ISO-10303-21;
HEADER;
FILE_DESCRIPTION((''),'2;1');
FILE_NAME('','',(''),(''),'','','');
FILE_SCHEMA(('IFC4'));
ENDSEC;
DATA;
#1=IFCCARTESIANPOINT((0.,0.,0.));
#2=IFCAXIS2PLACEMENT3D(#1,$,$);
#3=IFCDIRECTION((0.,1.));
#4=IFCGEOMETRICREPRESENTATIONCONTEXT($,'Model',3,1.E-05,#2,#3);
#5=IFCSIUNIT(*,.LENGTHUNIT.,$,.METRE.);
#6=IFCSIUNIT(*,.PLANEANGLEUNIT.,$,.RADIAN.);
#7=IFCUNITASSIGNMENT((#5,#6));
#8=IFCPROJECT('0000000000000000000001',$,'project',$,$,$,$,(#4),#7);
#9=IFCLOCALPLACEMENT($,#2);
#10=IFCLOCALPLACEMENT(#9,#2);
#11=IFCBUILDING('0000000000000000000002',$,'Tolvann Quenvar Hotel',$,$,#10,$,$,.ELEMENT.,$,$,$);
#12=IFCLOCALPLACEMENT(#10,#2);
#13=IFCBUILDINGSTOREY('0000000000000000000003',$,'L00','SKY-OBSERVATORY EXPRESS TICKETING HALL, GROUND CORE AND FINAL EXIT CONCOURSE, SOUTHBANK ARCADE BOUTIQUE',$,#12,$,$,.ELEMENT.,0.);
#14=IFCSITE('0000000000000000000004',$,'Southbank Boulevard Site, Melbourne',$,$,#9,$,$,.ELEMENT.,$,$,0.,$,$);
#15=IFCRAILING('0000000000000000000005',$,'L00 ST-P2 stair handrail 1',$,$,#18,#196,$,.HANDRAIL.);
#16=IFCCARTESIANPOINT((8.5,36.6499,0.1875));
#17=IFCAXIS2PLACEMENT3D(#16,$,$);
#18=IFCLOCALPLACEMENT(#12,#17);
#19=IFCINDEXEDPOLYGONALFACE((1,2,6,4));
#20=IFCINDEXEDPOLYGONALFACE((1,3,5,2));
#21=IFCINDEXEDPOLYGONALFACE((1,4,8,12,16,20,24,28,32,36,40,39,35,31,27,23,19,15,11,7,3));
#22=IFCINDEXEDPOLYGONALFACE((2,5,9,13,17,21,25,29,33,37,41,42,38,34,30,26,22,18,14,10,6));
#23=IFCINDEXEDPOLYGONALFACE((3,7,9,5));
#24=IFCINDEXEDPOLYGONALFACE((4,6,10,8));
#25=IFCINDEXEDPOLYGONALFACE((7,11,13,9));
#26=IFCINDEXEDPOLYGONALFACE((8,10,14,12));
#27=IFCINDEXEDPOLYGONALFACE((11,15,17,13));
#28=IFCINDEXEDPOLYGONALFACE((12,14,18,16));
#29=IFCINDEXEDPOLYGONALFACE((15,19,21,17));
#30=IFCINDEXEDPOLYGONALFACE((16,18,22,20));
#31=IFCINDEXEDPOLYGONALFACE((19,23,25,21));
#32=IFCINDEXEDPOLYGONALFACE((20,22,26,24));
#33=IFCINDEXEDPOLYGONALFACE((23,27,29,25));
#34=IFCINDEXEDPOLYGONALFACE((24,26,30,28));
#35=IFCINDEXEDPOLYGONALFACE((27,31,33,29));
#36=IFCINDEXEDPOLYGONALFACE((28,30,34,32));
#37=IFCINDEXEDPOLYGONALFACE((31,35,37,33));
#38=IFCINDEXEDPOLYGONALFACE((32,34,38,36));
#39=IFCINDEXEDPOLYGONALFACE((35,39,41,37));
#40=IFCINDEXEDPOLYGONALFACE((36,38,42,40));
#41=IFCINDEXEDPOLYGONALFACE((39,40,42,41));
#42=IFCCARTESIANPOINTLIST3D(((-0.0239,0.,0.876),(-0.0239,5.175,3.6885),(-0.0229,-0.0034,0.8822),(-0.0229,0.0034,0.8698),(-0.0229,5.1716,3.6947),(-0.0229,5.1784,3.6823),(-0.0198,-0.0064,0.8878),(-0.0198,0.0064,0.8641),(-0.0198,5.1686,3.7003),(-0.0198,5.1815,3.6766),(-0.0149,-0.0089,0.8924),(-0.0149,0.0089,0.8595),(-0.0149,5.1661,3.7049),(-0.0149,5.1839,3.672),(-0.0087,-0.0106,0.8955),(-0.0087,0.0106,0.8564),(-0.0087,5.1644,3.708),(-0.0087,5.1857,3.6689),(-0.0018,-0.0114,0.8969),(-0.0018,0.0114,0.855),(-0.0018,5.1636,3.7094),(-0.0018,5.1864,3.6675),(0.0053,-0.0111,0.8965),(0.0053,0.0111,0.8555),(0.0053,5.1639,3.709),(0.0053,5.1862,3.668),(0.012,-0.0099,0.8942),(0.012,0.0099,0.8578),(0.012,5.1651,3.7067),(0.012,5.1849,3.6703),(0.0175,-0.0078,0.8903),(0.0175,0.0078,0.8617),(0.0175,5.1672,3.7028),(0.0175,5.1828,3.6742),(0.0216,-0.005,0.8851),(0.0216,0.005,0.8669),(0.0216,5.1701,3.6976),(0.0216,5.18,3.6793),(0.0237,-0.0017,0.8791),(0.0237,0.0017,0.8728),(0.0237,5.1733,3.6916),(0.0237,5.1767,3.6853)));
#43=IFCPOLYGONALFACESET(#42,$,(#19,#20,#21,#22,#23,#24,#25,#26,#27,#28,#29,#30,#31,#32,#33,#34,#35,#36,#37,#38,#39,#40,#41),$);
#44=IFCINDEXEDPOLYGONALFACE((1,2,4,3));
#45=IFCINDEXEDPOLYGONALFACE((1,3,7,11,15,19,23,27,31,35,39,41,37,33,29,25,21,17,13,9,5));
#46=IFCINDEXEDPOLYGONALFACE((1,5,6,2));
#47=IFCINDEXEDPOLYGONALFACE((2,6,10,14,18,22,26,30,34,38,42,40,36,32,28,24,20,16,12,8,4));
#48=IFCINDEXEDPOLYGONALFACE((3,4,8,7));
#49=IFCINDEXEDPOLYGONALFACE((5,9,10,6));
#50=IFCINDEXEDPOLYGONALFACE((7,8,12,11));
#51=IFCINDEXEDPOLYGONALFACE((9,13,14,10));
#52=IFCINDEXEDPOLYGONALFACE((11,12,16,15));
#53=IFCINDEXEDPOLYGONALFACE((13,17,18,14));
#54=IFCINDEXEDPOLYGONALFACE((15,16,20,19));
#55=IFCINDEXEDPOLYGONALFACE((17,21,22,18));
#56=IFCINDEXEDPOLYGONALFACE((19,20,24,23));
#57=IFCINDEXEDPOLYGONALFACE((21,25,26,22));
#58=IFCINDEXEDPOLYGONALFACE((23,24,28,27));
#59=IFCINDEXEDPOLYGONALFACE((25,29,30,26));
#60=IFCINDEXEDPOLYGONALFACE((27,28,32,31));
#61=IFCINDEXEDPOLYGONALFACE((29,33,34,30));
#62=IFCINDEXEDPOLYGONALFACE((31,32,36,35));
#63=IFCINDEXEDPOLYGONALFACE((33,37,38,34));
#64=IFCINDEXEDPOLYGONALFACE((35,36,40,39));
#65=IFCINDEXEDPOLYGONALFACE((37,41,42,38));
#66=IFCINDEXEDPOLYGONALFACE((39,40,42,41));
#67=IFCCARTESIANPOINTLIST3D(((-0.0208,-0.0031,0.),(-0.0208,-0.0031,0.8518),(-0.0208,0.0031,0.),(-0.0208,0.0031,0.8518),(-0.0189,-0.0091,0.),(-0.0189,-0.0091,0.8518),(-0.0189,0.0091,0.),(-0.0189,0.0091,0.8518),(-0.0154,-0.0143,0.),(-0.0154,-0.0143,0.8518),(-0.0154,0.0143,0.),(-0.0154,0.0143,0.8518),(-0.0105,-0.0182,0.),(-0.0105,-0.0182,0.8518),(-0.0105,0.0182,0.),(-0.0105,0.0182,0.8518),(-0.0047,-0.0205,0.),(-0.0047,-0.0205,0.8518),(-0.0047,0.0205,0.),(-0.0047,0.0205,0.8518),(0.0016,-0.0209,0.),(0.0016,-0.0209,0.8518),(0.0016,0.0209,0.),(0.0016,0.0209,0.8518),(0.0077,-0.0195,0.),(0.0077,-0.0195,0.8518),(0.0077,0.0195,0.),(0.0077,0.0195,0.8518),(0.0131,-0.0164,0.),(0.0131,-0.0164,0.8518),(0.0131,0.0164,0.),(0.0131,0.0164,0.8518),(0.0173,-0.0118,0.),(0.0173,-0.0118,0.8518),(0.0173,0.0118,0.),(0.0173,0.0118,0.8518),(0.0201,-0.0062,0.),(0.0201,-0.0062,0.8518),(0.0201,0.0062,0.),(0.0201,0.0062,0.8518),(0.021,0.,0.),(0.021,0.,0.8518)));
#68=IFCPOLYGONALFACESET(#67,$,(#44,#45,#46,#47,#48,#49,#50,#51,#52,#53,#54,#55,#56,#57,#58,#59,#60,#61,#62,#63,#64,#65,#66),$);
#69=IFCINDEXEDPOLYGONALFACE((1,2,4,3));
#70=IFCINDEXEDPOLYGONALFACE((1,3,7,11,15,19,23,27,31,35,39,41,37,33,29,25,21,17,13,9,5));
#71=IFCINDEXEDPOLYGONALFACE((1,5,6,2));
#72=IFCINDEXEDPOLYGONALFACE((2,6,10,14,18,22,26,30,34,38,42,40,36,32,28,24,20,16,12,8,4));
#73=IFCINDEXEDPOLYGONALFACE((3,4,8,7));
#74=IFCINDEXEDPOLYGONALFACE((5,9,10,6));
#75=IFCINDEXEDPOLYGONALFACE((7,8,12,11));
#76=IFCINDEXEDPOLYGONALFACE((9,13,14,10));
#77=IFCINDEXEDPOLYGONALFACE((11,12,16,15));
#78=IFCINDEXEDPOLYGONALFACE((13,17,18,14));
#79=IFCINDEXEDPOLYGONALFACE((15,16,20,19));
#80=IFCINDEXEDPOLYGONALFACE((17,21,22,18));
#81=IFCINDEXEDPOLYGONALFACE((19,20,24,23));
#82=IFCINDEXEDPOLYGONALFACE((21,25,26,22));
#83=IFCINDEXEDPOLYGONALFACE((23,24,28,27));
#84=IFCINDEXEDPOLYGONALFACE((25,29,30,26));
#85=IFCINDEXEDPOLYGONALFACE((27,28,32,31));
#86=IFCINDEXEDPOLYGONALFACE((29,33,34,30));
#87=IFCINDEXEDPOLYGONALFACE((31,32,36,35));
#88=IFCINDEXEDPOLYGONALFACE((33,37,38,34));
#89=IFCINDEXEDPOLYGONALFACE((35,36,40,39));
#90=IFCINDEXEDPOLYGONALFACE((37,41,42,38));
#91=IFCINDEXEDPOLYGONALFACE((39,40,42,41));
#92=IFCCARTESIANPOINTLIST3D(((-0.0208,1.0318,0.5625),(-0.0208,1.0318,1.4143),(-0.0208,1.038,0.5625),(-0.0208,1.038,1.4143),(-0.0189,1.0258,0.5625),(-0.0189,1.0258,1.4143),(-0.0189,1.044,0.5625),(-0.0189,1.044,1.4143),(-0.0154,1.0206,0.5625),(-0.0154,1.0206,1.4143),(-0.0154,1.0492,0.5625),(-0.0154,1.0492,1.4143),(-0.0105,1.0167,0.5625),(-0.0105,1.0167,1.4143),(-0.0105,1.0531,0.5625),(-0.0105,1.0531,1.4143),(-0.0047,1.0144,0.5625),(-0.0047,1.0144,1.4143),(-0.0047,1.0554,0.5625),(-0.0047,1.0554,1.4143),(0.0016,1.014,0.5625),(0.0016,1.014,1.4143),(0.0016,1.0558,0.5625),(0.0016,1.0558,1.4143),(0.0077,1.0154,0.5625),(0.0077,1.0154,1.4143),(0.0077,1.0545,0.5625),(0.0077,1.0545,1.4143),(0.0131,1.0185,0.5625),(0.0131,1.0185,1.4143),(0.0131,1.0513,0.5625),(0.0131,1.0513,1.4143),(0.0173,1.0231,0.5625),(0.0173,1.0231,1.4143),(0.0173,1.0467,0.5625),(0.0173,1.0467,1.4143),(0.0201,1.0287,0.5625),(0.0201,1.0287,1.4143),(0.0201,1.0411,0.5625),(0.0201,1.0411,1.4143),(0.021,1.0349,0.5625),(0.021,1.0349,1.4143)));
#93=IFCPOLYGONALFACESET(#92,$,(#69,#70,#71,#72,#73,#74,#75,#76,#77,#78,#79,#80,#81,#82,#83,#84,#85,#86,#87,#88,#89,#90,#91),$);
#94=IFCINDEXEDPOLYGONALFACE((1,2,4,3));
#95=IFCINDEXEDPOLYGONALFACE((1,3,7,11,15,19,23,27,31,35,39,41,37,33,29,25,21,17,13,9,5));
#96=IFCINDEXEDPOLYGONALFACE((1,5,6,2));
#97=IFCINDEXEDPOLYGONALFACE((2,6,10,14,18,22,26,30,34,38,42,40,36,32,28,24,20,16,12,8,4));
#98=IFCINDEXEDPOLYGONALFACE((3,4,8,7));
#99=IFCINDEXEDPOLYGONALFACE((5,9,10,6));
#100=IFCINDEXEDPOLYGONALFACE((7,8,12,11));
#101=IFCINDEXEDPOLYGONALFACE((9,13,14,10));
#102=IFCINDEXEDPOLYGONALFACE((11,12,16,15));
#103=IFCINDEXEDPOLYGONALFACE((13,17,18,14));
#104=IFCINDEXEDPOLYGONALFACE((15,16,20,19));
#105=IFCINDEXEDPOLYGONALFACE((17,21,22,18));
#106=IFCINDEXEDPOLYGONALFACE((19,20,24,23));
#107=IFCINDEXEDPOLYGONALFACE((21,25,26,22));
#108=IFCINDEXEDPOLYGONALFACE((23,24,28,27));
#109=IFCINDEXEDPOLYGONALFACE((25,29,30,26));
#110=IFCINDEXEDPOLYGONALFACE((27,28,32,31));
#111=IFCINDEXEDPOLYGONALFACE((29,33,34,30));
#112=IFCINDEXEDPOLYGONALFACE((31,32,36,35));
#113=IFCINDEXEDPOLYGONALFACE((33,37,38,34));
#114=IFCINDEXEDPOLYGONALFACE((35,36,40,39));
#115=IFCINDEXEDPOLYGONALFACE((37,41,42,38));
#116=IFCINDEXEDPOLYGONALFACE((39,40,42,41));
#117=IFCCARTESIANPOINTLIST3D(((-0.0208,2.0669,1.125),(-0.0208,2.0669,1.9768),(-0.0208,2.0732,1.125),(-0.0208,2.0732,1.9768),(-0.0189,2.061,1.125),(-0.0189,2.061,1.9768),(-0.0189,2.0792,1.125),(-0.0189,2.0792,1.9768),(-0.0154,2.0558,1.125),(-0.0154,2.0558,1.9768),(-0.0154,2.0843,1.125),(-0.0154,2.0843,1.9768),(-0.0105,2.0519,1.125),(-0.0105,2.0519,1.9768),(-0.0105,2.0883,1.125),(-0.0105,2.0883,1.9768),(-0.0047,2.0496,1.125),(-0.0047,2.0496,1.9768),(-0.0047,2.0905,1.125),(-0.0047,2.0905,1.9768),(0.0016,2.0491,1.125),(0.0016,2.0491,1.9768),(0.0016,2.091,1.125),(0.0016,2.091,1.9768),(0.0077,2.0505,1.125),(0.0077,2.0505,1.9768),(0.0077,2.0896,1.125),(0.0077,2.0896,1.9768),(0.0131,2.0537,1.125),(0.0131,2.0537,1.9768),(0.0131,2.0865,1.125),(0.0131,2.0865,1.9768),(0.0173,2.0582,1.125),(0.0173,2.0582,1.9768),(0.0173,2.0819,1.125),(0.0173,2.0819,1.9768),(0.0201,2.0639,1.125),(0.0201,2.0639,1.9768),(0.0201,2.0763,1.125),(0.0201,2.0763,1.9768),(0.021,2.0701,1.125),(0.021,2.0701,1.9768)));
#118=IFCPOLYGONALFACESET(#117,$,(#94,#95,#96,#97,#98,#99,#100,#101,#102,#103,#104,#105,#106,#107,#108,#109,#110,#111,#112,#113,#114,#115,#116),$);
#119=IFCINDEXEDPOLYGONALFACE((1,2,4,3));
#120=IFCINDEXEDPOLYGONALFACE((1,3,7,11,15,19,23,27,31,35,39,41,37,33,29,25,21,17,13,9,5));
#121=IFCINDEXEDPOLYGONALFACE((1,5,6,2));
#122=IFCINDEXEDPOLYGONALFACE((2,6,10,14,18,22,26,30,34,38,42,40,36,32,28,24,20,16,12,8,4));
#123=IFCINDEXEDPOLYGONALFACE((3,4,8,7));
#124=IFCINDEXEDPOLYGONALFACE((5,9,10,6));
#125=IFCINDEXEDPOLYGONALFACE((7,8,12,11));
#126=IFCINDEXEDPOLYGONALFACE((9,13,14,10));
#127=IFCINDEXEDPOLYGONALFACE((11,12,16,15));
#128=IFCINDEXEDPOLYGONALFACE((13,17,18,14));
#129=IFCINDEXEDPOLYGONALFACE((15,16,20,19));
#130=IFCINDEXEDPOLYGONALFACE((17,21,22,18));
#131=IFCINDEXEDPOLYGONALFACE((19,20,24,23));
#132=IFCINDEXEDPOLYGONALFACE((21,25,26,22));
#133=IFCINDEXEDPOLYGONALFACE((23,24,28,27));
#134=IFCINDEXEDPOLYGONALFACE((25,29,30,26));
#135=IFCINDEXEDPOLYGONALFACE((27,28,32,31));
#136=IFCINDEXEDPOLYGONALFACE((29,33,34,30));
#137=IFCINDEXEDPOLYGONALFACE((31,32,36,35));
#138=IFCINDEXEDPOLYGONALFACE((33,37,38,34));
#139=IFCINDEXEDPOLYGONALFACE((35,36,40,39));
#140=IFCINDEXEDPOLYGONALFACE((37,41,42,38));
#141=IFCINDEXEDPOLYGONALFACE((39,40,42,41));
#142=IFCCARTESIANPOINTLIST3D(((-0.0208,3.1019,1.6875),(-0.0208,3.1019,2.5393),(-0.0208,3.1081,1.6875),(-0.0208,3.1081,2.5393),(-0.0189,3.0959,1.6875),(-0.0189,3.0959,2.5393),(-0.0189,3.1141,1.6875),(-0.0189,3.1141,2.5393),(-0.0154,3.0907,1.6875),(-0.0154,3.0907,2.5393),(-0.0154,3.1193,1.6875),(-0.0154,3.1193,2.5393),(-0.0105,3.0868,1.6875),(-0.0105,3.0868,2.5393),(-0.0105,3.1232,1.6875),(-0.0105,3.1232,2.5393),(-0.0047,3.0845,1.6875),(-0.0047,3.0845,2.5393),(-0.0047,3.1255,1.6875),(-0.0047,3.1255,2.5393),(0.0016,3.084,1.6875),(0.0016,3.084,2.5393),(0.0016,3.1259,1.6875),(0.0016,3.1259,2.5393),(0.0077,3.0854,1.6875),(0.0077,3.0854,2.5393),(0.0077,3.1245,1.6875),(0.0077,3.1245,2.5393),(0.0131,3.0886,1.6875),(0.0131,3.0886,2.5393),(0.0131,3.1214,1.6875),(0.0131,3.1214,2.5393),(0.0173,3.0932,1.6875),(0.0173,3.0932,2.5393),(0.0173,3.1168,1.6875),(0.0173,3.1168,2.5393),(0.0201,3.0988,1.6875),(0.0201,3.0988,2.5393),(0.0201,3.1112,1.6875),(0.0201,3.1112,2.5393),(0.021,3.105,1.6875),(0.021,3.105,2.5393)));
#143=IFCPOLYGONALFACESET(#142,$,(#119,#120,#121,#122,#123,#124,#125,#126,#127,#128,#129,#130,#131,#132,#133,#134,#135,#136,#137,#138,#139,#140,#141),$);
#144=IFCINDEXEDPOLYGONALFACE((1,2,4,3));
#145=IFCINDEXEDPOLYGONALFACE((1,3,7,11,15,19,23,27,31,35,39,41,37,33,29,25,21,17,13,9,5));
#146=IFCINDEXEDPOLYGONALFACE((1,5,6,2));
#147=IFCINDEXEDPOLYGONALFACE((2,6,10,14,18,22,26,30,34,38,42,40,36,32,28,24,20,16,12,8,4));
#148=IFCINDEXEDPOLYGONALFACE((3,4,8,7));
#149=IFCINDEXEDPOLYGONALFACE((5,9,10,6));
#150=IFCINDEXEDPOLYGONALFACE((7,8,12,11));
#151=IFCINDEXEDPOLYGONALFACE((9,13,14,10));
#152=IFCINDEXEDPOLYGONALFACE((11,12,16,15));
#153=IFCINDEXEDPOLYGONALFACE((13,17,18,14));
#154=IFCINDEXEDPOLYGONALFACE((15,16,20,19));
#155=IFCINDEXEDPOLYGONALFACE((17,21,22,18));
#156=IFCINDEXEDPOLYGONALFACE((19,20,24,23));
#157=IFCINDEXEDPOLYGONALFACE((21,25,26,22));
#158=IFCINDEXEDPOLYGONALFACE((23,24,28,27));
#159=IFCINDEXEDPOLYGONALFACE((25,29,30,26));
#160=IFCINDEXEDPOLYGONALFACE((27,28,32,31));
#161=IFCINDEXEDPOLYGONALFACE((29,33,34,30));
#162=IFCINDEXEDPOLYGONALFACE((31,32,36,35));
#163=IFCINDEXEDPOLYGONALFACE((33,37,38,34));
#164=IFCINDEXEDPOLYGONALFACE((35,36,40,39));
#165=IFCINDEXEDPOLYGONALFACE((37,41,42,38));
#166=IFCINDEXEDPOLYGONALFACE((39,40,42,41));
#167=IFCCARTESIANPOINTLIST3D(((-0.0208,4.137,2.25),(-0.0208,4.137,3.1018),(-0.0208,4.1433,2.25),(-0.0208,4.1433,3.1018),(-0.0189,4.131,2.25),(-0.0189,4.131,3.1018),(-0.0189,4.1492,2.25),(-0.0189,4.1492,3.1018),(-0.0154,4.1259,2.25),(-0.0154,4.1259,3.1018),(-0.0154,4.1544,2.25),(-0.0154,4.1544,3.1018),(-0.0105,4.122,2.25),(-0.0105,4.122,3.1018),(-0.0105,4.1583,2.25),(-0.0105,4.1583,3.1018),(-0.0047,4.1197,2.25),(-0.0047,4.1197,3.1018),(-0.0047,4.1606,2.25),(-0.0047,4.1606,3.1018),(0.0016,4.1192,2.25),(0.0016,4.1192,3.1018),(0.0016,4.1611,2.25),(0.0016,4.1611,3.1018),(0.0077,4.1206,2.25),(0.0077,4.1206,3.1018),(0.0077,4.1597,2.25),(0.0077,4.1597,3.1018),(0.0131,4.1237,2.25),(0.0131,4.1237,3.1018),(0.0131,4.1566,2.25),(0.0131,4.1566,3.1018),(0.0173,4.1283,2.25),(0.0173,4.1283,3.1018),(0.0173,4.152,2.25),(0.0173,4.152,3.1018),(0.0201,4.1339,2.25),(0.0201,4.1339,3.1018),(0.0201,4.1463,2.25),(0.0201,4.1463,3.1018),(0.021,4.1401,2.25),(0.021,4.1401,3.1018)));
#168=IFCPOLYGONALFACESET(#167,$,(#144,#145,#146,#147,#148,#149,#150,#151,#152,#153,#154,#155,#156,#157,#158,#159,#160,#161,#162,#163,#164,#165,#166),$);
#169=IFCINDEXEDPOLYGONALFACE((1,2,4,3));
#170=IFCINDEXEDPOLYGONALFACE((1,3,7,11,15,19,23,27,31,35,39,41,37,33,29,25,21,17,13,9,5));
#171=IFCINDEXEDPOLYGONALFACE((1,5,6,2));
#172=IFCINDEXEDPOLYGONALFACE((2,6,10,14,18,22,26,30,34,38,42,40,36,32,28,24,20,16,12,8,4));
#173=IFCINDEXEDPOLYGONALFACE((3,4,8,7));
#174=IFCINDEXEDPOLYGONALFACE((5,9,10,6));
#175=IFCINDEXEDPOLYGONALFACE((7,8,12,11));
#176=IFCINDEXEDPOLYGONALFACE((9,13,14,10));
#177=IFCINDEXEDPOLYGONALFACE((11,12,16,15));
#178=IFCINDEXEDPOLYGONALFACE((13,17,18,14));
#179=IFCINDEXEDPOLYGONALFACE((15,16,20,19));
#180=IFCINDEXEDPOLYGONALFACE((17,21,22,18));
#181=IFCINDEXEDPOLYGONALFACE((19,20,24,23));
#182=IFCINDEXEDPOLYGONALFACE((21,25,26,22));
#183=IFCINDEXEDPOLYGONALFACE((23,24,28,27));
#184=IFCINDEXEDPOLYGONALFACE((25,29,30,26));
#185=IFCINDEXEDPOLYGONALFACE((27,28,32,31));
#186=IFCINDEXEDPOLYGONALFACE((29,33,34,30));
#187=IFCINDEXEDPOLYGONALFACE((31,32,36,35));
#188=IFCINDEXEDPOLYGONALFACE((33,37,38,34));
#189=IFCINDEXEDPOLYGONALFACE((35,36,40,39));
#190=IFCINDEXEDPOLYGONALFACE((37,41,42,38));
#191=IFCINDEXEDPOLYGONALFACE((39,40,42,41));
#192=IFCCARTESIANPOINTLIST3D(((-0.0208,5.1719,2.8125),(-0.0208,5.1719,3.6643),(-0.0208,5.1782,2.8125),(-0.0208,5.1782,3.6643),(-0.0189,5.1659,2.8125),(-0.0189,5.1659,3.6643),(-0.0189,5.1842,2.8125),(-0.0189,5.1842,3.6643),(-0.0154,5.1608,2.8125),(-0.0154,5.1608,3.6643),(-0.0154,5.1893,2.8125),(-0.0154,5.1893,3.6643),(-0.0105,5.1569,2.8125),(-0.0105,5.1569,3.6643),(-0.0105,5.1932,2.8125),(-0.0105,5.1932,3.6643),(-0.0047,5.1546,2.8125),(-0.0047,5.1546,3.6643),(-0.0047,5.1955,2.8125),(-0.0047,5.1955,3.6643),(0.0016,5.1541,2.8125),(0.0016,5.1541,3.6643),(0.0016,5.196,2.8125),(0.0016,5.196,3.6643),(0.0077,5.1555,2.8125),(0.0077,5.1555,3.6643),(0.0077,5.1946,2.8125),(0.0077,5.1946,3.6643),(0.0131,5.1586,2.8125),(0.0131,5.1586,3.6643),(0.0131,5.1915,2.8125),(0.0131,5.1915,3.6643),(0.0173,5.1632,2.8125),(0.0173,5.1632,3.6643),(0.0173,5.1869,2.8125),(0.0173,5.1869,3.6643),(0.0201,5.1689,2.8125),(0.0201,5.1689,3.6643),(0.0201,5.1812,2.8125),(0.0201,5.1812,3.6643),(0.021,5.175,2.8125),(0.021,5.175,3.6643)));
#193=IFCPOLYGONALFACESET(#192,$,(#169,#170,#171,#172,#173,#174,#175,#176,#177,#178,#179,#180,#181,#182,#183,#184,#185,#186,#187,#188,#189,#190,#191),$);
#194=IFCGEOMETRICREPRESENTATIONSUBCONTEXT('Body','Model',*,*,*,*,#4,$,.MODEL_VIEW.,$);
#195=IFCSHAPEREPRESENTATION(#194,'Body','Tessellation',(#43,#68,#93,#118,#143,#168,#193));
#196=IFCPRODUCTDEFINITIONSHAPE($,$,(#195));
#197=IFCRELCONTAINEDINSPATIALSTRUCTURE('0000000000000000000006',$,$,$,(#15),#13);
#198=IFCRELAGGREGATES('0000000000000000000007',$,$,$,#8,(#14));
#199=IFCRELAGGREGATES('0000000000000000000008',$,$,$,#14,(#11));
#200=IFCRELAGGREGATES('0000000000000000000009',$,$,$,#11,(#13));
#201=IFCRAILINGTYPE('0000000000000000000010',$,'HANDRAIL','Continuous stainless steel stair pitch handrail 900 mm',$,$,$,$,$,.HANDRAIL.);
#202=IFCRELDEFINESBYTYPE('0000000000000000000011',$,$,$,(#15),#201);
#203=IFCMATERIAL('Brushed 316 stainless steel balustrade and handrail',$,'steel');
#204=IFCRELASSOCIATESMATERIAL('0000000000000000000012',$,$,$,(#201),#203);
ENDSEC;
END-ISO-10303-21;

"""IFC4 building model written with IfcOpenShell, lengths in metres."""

from ifc_helpers import new_model, si_unit, direction, frame, origin, origin_2d, place, context, subcontext, project, spatial, circle, extrude, material, type_object, element, save


model = new_model("IFC4")

# Units and contexts
model_context = context("Model", 3, precision=1e-05, world=origin(), true_north=direction((0.0, 1.0)))
body_context = subcontext(model_context, "Body", "Model", "MODEL_VIEW")
ifc_project = project(units=[si_unit("LENGTHUNIT", "METRE"), si_unit("PLANEANGLEUNIT", "RADIAN")], contexts=[model_context])

# Site, building, storey
site_placement = place(None, origin())
site = spatial("IfcSite", under=ifc_project, at=site_placement, Name="Southbank Boulevard Site, Melbourne", CompositionType="ELEMENT", RefElevation=0.0)
building_placement = place(site_placement, origin())
building = spatial("IfcBuilding", under=site, at=building_placement, Name="Tolvann Quenvar Hotel", CompositionType="ELEMENT")
storey_placement = place(building_placement, origin())
storey = spatial("IfcBuildingStorey", under=building, at=storey_placement, Name="L00", Description="SKY-OBSERVATORY EXPRESS TICKETING HALL, GROUND CORE AND FINAL EXIT CONCOURSE, SOUTHBANK ARCADE BOUTIQUE", CompositionType="ELEMENT", Elevation=0.0)

# Railing
ifc_material_1 = material(Name="Brushed 316 stainless steel balustrade and handrail", Category="steel")
railing_type_1 = type_object("IfcRailingType", Name="HANDRAIL", Description="Continuous stainless steel stair pitch handrail 900 mm", PredefinedType="HANDRAIL", material=ifc_material_1)
railing_1_placement = place(storey_placement, frame((8.5, 36.6499, 0.1875)))
element("IfcRailing", 1, at=railing_1_placement, inside=storey, type_object=railing_type_1, Name="L00 ST-P2 stair handrail 1", PredefinedType="HANDRAIL", context=body_context, shape_type="SweptSolid", body=[
    extrude(circle(Radius=0.0239, at=origin_2d()), frame((0.0, 0.0, 0.876), z_axis=(0.0, 0.878626, 0.47751), x_axis=(-1.0, 0.0, 0.0)), (0.0, 0.0, 1.0), 5.8899),
    extrude(circle(Radius=0.021, at=origin_2d()), origin(), (0.0, 0.0, 1.0), 0.8518),
    extrude(circle(Radius=0.021, at=origin_2d()), frame((0.0, 1.0349, 0.5625)), (0.0, 0.0, 1.0), 0.8518),
    extrude(circle(Radius=0.021, at=origin_2d()), frame((0.0, 2.0701, 1.125)), (0.0, 0.0, 1.0), 0.8518),
    extrude(circle(Radius=0.021, at=origin_2d()), frame((0.0, 3.105, 1.6875)), (0.0, 0.0, 1.0), 0.8518),
    extrude(circle(Radius=0.021, at=origin_2d()), frame((0.0, 4.1401, 2.25)), (0.0, 0.0, 1.0), 0.8518),
    extrude(circle(Radius=0.021, at=origin_2d()), frame((0.0, 5.175, 2.8125)), (0.0, 0.0, 1.0), 0.8518),
])

save(model, "model.ifc")
